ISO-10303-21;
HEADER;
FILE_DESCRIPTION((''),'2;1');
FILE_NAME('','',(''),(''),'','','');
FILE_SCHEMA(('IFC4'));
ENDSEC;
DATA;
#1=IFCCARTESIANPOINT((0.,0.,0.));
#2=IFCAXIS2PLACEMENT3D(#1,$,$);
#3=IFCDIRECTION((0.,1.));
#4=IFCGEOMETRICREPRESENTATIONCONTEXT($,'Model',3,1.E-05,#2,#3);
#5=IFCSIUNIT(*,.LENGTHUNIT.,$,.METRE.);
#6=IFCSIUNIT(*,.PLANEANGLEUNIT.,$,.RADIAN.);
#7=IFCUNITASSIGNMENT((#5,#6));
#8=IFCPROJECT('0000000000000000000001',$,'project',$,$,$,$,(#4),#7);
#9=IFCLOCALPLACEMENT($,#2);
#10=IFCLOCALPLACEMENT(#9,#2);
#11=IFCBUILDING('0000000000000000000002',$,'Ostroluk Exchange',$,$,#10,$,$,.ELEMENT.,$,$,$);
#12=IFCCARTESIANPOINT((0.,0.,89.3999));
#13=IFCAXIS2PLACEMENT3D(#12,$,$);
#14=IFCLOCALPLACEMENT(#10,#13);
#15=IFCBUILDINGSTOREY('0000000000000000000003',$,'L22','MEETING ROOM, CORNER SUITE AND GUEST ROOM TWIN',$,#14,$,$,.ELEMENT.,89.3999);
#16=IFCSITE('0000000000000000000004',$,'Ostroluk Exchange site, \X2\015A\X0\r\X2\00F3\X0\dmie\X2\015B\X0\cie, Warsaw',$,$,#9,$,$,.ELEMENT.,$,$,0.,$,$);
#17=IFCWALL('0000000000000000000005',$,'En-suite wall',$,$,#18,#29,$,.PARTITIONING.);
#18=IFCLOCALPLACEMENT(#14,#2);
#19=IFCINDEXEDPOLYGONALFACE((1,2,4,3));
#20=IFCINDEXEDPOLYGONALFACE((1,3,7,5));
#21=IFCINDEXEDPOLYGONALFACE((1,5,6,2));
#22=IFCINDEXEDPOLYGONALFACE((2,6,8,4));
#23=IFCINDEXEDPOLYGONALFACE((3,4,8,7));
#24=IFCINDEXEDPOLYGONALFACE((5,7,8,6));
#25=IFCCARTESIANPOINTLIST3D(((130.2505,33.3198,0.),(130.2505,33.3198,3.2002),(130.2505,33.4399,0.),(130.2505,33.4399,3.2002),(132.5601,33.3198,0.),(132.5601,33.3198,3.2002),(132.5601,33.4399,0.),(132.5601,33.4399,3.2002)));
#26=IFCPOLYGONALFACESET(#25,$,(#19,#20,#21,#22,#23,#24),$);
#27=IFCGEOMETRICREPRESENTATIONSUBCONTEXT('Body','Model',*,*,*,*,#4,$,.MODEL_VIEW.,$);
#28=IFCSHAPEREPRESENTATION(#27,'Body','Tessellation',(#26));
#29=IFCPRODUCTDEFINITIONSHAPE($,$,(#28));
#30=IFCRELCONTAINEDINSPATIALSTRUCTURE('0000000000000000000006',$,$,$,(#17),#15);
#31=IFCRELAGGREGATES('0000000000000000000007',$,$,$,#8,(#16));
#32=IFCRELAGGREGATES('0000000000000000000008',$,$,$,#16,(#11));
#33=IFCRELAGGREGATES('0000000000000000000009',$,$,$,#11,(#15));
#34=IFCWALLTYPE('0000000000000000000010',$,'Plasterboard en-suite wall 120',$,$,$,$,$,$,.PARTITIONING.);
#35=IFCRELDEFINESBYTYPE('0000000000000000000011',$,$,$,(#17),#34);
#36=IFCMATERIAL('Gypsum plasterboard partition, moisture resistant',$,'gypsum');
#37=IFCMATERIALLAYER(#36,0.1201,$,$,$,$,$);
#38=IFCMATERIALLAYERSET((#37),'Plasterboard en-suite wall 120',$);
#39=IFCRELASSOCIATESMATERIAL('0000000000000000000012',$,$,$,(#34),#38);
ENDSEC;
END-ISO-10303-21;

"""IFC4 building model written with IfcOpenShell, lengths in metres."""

from ifc_helpers import new_model, si_unit, direction, frame, frame_2d, origin, place, context, subcontext, project, spatial, rectangle, extrude, material, layer, layer_set, type_object, element, save


model = new_model("IFC4")

# Units and contexts
model_context = context("Model", 3, precision=1e-05, world=origin(), true_north=direction((0.0, 1.0)))
body_context = subcontext(model_context, "Body", "Model", "MODEL_VIEW")
ifc_project = project(units=[si_unit("LENGTHUNIT", "METRE"), si_unit("PLANEANGLEUNIT", "RADIAN")], contexts=[model_context])

# Site, building, storey
site_placement = place(None, origin())
site = spatial("IfcSite", under=ifc_project, at=site_placement, Name="Ostroluk Exchange site, Śródmieście, Warsaw", CompositionType="ELEMENT", RefElevation=0.0)
building_placement = place(site_placement, origin())
building = spatial("IfcBuilding", under=site, at=building_placement, Name="Ostroluk Exchange", CompositionType="ELEMENT")
storey_placement = place(building_placement, frame((0.0, 0.0, 89.3999)))
storey = spatial("IfcBuildingStorey", under=building, at=storey_placement, Name="L22", Description="MEETING ROOM, CORNER SUITE AND GUEST ROOM TWIN", CompositionType="ELEMENT", Elevation=89.3999)

# Wall
ifc_material_1 = material(Name="Gypsum plasterboard partition, moisture resistant", Category="gypsum")
ifc_layer_1 = layer(ifc_material_1, 0.1201)
ifc_layer_set_1 = layer_set([ifc_layer_1], Name="Plasterboard en-suite wall 120")
wall_type_1 = type_object("IfcWallType", Name="Plasterboard en-suite wall 120", PredefinedType="PARTITIONING", material=ifc_layer_set_1)
wall_1_placement = place(storey_placement, frame((130.2505, 33.3799, 0.0), z_axis=(0.0, 0.0, 1.0), x_axis=(1.0, 0.0, 0.0)))
element("IfcWall", 1, at=wall_1_placement, inside=storey, type_object=wall_type_1, Name="En-suite wall", PredefinedType="PARTITIONING", context=body_context, shape_type="SweptSolid", body=[
    extrude(rectangle(XDim=2.3096, YDim=0.1201, at=frame_2d((1.1548, 0.0))), origin(), (0.0, 0.0, 1.0), 3.2002),
])

save(model, "model.ifc")
